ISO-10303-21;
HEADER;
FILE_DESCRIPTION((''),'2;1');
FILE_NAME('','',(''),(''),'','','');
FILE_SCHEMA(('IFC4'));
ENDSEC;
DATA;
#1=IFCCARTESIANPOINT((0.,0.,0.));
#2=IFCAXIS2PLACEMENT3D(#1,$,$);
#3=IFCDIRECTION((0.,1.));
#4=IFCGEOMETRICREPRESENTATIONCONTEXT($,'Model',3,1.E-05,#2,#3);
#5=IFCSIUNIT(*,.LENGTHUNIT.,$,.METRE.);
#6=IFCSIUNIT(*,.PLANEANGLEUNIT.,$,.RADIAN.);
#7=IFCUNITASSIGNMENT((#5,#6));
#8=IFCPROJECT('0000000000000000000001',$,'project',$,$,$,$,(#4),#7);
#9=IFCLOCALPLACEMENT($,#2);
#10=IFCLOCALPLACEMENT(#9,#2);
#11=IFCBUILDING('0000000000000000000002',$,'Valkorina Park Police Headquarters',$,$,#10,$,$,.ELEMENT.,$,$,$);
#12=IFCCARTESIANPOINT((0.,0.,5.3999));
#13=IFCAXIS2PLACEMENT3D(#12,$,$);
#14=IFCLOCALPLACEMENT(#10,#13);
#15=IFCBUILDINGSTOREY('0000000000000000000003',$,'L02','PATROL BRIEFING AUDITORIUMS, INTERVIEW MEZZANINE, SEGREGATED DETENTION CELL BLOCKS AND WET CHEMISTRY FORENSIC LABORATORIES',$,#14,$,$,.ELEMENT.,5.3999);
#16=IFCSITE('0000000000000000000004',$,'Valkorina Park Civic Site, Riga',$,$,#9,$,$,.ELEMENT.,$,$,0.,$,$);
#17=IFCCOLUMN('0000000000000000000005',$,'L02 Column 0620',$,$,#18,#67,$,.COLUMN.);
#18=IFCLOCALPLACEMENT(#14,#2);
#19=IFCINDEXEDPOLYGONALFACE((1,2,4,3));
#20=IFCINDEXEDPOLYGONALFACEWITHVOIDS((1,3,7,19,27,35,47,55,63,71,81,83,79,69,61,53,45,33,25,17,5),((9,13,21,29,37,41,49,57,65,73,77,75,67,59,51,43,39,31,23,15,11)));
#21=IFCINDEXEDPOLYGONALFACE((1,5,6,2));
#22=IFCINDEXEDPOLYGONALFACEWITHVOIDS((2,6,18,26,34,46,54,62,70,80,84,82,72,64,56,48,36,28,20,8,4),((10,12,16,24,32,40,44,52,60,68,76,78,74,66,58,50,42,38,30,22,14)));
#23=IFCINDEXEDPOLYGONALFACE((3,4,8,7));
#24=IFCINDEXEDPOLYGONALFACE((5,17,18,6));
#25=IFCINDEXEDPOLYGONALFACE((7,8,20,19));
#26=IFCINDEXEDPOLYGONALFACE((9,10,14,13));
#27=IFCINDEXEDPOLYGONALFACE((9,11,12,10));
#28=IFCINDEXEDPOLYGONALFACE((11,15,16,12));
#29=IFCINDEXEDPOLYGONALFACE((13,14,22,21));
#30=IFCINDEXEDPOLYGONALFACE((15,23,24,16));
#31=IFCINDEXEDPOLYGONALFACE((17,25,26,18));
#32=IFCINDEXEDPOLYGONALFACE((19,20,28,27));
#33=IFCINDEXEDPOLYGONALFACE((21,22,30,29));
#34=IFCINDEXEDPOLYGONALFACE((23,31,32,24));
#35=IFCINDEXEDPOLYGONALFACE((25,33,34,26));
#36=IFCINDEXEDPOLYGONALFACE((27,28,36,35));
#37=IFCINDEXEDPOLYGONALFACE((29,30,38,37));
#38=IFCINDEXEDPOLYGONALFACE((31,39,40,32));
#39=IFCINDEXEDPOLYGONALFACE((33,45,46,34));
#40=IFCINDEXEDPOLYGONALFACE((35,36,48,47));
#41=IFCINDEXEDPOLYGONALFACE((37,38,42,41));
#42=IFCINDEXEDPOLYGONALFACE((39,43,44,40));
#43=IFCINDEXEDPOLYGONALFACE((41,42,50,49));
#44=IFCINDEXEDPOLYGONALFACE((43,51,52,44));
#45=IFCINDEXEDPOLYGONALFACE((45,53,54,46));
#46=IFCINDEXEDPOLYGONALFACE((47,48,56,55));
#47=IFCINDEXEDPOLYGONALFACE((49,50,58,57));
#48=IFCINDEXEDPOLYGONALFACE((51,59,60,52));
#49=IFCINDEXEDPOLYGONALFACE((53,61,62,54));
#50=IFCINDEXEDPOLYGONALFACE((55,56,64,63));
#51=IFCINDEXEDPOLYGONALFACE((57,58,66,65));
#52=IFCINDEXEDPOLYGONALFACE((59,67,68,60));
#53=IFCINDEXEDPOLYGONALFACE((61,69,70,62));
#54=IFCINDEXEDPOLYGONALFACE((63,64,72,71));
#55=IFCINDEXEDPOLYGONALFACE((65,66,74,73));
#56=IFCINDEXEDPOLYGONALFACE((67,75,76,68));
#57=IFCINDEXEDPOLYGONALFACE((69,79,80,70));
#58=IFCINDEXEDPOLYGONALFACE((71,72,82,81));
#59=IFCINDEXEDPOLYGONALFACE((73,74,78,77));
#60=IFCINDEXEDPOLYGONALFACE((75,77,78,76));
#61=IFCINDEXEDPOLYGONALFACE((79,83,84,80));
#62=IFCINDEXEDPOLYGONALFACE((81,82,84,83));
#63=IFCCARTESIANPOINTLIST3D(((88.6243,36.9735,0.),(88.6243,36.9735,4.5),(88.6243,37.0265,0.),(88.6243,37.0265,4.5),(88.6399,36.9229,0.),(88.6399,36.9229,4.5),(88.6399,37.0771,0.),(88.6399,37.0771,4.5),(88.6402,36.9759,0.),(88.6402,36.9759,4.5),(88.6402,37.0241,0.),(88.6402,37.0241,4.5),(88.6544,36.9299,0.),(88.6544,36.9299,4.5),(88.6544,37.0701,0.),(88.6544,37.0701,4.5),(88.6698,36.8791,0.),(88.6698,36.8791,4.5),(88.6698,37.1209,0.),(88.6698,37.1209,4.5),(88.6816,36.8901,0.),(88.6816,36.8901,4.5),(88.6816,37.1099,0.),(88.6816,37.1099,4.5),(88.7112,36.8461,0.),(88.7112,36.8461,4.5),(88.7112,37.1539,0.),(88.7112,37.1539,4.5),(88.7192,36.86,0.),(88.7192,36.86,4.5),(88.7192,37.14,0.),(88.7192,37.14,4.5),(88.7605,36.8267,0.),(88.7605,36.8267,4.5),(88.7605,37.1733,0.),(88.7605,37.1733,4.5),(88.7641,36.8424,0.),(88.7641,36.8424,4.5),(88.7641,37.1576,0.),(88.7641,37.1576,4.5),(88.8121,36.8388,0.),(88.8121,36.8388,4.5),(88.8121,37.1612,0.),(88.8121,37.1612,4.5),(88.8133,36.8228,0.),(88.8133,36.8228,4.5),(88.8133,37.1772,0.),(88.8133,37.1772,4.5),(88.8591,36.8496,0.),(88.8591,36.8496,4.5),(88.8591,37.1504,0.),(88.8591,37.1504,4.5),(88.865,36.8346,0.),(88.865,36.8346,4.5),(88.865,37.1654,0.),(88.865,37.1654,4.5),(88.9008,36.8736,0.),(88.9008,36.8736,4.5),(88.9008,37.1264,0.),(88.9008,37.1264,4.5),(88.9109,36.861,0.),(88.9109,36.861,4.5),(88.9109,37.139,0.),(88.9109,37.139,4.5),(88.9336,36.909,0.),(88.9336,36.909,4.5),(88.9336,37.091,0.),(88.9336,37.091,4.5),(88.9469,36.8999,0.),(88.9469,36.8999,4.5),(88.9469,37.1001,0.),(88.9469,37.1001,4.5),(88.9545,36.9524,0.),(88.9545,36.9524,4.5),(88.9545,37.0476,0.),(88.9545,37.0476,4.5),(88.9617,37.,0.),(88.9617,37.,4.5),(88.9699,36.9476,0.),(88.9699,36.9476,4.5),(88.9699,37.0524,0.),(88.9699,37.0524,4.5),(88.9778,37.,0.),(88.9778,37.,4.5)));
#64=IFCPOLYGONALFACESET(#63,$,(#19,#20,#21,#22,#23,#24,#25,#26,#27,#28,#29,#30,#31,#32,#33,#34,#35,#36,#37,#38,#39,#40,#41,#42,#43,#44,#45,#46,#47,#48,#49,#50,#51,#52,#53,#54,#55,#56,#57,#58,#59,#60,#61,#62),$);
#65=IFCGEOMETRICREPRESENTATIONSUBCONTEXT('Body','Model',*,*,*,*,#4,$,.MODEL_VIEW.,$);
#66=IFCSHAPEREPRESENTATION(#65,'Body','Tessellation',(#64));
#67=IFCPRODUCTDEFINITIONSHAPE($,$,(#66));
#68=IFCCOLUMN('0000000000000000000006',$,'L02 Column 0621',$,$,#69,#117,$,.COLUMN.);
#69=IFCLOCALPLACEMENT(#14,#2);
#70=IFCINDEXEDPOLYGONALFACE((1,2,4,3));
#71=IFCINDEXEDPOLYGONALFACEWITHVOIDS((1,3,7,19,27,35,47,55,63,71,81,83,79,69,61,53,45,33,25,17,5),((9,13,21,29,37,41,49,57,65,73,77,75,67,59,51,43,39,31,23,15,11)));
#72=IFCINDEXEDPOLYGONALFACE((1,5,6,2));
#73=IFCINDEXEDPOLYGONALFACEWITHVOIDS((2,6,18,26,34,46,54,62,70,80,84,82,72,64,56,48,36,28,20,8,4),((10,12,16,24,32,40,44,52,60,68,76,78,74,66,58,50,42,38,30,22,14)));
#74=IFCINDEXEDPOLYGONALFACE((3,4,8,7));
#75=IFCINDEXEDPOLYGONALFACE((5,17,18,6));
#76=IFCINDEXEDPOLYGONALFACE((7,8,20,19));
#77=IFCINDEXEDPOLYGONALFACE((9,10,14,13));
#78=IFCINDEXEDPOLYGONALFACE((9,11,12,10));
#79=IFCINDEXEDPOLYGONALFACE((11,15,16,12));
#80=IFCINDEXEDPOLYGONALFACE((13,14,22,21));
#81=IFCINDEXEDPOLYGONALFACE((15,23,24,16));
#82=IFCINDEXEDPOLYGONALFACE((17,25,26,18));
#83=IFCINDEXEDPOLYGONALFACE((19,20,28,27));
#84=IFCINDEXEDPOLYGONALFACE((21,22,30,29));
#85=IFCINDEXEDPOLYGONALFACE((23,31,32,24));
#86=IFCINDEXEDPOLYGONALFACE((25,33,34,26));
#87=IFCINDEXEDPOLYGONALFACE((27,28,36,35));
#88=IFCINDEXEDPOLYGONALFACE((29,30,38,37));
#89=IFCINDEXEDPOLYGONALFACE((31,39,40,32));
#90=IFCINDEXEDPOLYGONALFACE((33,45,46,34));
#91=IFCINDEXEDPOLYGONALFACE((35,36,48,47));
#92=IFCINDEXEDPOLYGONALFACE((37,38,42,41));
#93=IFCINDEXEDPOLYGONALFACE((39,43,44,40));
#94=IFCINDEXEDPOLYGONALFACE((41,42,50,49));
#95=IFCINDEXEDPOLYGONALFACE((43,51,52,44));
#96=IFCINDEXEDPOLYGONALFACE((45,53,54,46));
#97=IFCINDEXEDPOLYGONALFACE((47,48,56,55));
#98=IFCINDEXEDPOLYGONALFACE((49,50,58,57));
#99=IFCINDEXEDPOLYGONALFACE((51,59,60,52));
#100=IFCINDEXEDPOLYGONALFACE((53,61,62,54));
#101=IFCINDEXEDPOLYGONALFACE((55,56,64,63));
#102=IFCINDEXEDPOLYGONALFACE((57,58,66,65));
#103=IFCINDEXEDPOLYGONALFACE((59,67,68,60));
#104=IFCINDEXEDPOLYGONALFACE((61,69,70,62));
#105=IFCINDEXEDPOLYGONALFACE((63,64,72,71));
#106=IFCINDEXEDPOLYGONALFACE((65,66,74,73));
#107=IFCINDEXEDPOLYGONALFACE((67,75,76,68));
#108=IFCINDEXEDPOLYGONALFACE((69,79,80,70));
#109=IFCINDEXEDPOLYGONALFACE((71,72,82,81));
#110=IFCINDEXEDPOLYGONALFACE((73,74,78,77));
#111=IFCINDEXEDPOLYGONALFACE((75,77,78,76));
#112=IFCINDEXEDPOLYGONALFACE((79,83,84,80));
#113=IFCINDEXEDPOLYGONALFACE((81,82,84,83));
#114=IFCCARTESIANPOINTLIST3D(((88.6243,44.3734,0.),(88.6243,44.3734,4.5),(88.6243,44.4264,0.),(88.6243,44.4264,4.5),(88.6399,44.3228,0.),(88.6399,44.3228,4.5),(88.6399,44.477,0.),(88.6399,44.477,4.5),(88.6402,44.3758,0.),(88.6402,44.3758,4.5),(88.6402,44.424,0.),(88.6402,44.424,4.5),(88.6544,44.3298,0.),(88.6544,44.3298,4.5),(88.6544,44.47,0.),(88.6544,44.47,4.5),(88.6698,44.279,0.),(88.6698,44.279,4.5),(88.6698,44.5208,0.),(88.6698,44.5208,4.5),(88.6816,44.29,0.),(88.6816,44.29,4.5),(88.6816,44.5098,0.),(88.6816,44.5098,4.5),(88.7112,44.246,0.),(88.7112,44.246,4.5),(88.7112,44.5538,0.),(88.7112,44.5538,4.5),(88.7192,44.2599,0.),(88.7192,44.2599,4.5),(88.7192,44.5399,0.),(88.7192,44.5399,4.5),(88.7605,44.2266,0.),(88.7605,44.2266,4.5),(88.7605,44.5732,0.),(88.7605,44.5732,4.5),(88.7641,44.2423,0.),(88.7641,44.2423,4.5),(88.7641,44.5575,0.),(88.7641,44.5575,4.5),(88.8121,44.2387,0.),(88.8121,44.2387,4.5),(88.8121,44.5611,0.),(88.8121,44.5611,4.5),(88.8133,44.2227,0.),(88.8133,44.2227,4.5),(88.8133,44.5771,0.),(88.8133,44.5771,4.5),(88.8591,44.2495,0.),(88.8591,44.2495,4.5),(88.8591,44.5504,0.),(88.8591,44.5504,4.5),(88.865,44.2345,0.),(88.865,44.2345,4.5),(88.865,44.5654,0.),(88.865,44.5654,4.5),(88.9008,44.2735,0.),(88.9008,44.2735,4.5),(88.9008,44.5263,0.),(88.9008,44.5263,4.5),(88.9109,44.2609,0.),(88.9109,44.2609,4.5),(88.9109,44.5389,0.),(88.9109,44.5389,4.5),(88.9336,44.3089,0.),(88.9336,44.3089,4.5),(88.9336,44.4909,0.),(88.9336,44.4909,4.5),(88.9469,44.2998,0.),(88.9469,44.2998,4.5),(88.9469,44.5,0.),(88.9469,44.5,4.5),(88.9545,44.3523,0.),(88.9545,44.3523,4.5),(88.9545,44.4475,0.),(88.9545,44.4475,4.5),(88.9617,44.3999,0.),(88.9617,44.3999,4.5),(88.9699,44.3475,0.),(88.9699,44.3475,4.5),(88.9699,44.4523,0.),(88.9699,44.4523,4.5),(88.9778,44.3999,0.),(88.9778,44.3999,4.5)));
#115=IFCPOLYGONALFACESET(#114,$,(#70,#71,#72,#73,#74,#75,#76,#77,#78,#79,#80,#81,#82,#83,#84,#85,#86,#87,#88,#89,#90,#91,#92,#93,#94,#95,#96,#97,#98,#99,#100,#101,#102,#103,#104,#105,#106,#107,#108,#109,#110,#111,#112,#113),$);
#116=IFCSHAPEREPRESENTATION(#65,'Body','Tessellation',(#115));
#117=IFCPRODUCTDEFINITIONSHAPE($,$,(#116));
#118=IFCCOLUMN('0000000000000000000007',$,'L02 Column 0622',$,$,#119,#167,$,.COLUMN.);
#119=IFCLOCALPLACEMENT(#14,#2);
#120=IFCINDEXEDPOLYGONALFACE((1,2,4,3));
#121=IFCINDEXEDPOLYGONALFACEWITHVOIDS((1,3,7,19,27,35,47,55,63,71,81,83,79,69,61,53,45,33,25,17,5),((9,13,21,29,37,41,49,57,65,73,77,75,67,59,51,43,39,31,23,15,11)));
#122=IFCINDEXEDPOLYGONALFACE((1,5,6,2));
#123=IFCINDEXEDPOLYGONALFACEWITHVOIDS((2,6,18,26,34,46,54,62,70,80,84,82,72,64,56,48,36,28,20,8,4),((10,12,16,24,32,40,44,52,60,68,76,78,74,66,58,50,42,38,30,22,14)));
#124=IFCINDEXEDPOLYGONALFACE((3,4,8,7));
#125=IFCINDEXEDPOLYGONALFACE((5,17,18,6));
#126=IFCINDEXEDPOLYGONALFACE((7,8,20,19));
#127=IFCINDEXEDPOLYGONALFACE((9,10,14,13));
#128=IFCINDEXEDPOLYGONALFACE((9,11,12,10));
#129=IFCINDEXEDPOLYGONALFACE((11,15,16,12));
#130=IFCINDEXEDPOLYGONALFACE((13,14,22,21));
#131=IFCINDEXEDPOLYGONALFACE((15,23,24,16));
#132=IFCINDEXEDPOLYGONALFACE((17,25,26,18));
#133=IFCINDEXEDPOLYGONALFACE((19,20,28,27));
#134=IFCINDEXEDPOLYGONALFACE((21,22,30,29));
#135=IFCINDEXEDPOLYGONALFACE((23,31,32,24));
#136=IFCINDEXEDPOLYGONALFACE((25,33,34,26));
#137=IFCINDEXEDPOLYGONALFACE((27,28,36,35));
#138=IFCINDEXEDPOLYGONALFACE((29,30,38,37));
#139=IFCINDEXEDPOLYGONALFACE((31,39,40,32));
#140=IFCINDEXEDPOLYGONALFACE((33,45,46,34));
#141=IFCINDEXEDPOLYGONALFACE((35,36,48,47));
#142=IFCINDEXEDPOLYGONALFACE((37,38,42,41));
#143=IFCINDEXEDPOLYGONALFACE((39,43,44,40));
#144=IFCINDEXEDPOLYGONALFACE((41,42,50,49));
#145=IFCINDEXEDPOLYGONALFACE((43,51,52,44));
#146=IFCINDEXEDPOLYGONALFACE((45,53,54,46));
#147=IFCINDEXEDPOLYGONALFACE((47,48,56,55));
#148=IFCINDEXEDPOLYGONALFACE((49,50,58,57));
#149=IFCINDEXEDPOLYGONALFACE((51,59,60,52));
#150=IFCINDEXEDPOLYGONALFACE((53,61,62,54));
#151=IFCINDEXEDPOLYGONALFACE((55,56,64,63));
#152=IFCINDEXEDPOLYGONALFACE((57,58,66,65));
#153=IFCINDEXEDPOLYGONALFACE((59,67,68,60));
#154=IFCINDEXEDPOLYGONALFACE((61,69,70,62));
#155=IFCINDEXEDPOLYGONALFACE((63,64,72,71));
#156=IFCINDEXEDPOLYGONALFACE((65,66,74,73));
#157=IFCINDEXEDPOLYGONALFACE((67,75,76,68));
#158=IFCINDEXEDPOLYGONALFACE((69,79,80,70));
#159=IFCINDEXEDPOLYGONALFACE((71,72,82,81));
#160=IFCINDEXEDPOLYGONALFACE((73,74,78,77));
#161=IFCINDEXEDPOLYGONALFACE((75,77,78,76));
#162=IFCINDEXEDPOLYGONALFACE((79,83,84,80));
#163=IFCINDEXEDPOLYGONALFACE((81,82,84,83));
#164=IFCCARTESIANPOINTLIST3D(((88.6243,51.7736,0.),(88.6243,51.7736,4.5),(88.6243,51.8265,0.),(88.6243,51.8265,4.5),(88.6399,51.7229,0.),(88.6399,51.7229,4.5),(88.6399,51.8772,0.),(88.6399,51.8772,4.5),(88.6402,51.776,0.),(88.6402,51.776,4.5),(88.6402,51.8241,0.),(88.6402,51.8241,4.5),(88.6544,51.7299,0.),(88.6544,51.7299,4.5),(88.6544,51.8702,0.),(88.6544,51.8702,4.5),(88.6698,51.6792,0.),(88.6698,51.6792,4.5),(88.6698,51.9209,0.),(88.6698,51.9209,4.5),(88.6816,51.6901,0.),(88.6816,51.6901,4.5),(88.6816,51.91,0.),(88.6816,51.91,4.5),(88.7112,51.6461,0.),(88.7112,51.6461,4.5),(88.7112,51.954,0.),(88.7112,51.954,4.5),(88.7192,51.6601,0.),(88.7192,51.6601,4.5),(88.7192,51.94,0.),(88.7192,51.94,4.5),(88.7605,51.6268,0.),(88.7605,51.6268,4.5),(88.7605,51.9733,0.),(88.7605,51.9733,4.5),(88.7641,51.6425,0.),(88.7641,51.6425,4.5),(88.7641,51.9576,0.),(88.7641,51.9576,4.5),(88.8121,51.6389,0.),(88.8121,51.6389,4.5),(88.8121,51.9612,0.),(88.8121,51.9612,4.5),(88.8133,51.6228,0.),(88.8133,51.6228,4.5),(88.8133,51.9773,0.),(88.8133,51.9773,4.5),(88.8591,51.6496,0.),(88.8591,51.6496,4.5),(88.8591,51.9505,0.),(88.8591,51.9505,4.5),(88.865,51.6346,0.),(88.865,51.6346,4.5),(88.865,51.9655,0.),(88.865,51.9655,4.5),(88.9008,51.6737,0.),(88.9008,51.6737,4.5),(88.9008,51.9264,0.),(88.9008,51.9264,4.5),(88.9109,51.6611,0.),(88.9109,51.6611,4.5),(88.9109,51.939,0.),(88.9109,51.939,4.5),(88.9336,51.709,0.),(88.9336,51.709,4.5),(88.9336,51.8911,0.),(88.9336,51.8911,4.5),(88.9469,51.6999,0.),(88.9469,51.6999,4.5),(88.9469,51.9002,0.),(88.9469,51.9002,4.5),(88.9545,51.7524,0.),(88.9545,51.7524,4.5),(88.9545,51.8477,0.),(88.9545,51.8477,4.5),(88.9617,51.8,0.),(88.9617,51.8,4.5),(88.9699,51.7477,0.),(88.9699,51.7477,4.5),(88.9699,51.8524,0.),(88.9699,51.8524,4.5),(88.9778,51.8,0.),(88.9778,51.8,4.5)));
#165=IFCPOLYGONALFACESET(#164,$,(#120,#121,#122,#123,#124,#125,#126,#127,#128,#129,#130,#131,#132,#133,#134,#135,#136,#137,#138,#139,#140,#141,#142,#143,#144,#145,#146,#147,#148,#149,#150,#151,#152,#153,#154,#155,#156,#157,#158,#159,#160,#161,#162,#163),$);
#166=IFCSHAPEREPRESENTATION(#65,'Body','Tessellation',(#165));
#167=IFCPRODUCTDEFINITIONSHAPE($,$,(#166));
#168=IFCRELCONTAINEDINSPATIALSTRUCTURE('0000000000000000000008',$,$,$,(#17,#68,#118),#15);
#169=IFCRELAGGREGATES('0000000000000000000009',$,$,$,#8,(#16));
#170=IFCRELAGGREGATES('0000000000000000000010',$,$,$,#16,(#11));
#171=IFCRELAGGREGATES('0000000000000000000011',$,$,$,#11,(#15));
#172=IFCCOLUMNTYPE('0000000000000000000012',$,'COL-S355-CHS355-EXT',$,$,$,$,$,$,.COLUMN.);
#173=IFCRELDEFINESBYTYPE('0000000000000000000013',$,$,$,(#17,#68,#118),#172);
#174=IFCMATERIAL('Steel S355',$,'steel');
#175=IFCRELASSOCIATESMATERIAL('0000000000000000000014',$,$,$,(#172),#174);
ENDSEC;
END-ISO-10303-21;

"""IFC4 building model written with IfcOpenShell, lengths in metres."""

from ifc_helpers import new_model, si_unit, direction, frame, origin, origin_2d, place, context, subcontext, project, spatial, hollow_circle, extrude, material, material_profile, profile_set, type_object, element, save


model = new_model("IFC4")

# Units and contexts
model_context = context("Model", 3, precision=1e-05, world=origin(), true_north=direction((0.0, 1.0)))
body_context = subcontext(model_context, "Body", "Model", "MODEL_VIEW")
ifc_project = project(units=[si_unit("LENGTHUNIT", "METRE"), si_unit("PLANEANGLEUNIT", "RADIAN")], contexts=[model_context])

# Site, building, storey
site_placement = place(None, origin())
site = spatial("IfcSite", under=ifc_project, at=site_placement, Name="Valkorina Park Civic Site, Riga", CompositionType="ELEMENT", RefElevation=0.0)
building_placement = place(site_placement, origin())
building = spatial("IfcBuilding", under=site, at=building_placement, Name="Valkorina Park Police Headquarters", CompositionType="ELEMENT")
storey_placement = place(building_placement, frame((0.0, 0.0, 5.3999)))
storey = spatial("IfcBuildingStorey", under=building, at=storey_placement, Name="L02", Description="PATROL BRIEFING AUDITORIUMS, INTERVIEW MEZZANINE, SEGREGATED DETENTION CELL BLOCKS AND WET CHEMISTRY FORENSIC LABORATORIES", CompositionType="ELEMENT", Elevation=5.3999)

# Columns
ifc_material_1 = material(Name="Steel S355", Category="steel")
ifc_material_profile_1 = material_profile(ifc_material_1, hollow_circle(Radius=0.1777, WallThickness=0.0161, at=origin_2d()), Name="CHS 355.6x16")
ifc_profile_set_1 = profile_set([ifc_material_profile_1], Name="Steel S355")
column_type_1 = type_object("IfcColumnType", Name="COL-S355-CHS355-EXT", PredefinedType="COLUMN", material=ifc_profile_set_1)
for number, where, z_axis, x_axis, name in (
    (1, (88.8, 37.0, 0.0), (0.0, 0.0, 1.0), (1.0, 0.0, 0.0), "L02 Column 0620"),
    (2, (88.8, 44.3999, 0.0), (0.0, 0.0, 1.0), (1.0, 0.0, 0.0), "L02 Column 0621"),
    (3, (88.8, 51.8, 0.0), (0.0, 0.0, 1.0), (1.0, 0.0, 0.0), "L02 Column 0622"),
):
    element("IfcColumn", number, at=place(storey_placement, frame(where, z_axis=z_axis, x_axis=x_axis)), inside=storey, type_object=column_type_1, Name=name, PredefinedType="COLUMN", context=body_context, shape_type="SweptSolid", body=[
        extrude(hollow_circle(Radius=0.1777, WallThickness=0.0161, at=origin_2d()), origin(), (0.0, 0.0, 1.0), 4.5),
    ])

save(model, "model.ifc")
